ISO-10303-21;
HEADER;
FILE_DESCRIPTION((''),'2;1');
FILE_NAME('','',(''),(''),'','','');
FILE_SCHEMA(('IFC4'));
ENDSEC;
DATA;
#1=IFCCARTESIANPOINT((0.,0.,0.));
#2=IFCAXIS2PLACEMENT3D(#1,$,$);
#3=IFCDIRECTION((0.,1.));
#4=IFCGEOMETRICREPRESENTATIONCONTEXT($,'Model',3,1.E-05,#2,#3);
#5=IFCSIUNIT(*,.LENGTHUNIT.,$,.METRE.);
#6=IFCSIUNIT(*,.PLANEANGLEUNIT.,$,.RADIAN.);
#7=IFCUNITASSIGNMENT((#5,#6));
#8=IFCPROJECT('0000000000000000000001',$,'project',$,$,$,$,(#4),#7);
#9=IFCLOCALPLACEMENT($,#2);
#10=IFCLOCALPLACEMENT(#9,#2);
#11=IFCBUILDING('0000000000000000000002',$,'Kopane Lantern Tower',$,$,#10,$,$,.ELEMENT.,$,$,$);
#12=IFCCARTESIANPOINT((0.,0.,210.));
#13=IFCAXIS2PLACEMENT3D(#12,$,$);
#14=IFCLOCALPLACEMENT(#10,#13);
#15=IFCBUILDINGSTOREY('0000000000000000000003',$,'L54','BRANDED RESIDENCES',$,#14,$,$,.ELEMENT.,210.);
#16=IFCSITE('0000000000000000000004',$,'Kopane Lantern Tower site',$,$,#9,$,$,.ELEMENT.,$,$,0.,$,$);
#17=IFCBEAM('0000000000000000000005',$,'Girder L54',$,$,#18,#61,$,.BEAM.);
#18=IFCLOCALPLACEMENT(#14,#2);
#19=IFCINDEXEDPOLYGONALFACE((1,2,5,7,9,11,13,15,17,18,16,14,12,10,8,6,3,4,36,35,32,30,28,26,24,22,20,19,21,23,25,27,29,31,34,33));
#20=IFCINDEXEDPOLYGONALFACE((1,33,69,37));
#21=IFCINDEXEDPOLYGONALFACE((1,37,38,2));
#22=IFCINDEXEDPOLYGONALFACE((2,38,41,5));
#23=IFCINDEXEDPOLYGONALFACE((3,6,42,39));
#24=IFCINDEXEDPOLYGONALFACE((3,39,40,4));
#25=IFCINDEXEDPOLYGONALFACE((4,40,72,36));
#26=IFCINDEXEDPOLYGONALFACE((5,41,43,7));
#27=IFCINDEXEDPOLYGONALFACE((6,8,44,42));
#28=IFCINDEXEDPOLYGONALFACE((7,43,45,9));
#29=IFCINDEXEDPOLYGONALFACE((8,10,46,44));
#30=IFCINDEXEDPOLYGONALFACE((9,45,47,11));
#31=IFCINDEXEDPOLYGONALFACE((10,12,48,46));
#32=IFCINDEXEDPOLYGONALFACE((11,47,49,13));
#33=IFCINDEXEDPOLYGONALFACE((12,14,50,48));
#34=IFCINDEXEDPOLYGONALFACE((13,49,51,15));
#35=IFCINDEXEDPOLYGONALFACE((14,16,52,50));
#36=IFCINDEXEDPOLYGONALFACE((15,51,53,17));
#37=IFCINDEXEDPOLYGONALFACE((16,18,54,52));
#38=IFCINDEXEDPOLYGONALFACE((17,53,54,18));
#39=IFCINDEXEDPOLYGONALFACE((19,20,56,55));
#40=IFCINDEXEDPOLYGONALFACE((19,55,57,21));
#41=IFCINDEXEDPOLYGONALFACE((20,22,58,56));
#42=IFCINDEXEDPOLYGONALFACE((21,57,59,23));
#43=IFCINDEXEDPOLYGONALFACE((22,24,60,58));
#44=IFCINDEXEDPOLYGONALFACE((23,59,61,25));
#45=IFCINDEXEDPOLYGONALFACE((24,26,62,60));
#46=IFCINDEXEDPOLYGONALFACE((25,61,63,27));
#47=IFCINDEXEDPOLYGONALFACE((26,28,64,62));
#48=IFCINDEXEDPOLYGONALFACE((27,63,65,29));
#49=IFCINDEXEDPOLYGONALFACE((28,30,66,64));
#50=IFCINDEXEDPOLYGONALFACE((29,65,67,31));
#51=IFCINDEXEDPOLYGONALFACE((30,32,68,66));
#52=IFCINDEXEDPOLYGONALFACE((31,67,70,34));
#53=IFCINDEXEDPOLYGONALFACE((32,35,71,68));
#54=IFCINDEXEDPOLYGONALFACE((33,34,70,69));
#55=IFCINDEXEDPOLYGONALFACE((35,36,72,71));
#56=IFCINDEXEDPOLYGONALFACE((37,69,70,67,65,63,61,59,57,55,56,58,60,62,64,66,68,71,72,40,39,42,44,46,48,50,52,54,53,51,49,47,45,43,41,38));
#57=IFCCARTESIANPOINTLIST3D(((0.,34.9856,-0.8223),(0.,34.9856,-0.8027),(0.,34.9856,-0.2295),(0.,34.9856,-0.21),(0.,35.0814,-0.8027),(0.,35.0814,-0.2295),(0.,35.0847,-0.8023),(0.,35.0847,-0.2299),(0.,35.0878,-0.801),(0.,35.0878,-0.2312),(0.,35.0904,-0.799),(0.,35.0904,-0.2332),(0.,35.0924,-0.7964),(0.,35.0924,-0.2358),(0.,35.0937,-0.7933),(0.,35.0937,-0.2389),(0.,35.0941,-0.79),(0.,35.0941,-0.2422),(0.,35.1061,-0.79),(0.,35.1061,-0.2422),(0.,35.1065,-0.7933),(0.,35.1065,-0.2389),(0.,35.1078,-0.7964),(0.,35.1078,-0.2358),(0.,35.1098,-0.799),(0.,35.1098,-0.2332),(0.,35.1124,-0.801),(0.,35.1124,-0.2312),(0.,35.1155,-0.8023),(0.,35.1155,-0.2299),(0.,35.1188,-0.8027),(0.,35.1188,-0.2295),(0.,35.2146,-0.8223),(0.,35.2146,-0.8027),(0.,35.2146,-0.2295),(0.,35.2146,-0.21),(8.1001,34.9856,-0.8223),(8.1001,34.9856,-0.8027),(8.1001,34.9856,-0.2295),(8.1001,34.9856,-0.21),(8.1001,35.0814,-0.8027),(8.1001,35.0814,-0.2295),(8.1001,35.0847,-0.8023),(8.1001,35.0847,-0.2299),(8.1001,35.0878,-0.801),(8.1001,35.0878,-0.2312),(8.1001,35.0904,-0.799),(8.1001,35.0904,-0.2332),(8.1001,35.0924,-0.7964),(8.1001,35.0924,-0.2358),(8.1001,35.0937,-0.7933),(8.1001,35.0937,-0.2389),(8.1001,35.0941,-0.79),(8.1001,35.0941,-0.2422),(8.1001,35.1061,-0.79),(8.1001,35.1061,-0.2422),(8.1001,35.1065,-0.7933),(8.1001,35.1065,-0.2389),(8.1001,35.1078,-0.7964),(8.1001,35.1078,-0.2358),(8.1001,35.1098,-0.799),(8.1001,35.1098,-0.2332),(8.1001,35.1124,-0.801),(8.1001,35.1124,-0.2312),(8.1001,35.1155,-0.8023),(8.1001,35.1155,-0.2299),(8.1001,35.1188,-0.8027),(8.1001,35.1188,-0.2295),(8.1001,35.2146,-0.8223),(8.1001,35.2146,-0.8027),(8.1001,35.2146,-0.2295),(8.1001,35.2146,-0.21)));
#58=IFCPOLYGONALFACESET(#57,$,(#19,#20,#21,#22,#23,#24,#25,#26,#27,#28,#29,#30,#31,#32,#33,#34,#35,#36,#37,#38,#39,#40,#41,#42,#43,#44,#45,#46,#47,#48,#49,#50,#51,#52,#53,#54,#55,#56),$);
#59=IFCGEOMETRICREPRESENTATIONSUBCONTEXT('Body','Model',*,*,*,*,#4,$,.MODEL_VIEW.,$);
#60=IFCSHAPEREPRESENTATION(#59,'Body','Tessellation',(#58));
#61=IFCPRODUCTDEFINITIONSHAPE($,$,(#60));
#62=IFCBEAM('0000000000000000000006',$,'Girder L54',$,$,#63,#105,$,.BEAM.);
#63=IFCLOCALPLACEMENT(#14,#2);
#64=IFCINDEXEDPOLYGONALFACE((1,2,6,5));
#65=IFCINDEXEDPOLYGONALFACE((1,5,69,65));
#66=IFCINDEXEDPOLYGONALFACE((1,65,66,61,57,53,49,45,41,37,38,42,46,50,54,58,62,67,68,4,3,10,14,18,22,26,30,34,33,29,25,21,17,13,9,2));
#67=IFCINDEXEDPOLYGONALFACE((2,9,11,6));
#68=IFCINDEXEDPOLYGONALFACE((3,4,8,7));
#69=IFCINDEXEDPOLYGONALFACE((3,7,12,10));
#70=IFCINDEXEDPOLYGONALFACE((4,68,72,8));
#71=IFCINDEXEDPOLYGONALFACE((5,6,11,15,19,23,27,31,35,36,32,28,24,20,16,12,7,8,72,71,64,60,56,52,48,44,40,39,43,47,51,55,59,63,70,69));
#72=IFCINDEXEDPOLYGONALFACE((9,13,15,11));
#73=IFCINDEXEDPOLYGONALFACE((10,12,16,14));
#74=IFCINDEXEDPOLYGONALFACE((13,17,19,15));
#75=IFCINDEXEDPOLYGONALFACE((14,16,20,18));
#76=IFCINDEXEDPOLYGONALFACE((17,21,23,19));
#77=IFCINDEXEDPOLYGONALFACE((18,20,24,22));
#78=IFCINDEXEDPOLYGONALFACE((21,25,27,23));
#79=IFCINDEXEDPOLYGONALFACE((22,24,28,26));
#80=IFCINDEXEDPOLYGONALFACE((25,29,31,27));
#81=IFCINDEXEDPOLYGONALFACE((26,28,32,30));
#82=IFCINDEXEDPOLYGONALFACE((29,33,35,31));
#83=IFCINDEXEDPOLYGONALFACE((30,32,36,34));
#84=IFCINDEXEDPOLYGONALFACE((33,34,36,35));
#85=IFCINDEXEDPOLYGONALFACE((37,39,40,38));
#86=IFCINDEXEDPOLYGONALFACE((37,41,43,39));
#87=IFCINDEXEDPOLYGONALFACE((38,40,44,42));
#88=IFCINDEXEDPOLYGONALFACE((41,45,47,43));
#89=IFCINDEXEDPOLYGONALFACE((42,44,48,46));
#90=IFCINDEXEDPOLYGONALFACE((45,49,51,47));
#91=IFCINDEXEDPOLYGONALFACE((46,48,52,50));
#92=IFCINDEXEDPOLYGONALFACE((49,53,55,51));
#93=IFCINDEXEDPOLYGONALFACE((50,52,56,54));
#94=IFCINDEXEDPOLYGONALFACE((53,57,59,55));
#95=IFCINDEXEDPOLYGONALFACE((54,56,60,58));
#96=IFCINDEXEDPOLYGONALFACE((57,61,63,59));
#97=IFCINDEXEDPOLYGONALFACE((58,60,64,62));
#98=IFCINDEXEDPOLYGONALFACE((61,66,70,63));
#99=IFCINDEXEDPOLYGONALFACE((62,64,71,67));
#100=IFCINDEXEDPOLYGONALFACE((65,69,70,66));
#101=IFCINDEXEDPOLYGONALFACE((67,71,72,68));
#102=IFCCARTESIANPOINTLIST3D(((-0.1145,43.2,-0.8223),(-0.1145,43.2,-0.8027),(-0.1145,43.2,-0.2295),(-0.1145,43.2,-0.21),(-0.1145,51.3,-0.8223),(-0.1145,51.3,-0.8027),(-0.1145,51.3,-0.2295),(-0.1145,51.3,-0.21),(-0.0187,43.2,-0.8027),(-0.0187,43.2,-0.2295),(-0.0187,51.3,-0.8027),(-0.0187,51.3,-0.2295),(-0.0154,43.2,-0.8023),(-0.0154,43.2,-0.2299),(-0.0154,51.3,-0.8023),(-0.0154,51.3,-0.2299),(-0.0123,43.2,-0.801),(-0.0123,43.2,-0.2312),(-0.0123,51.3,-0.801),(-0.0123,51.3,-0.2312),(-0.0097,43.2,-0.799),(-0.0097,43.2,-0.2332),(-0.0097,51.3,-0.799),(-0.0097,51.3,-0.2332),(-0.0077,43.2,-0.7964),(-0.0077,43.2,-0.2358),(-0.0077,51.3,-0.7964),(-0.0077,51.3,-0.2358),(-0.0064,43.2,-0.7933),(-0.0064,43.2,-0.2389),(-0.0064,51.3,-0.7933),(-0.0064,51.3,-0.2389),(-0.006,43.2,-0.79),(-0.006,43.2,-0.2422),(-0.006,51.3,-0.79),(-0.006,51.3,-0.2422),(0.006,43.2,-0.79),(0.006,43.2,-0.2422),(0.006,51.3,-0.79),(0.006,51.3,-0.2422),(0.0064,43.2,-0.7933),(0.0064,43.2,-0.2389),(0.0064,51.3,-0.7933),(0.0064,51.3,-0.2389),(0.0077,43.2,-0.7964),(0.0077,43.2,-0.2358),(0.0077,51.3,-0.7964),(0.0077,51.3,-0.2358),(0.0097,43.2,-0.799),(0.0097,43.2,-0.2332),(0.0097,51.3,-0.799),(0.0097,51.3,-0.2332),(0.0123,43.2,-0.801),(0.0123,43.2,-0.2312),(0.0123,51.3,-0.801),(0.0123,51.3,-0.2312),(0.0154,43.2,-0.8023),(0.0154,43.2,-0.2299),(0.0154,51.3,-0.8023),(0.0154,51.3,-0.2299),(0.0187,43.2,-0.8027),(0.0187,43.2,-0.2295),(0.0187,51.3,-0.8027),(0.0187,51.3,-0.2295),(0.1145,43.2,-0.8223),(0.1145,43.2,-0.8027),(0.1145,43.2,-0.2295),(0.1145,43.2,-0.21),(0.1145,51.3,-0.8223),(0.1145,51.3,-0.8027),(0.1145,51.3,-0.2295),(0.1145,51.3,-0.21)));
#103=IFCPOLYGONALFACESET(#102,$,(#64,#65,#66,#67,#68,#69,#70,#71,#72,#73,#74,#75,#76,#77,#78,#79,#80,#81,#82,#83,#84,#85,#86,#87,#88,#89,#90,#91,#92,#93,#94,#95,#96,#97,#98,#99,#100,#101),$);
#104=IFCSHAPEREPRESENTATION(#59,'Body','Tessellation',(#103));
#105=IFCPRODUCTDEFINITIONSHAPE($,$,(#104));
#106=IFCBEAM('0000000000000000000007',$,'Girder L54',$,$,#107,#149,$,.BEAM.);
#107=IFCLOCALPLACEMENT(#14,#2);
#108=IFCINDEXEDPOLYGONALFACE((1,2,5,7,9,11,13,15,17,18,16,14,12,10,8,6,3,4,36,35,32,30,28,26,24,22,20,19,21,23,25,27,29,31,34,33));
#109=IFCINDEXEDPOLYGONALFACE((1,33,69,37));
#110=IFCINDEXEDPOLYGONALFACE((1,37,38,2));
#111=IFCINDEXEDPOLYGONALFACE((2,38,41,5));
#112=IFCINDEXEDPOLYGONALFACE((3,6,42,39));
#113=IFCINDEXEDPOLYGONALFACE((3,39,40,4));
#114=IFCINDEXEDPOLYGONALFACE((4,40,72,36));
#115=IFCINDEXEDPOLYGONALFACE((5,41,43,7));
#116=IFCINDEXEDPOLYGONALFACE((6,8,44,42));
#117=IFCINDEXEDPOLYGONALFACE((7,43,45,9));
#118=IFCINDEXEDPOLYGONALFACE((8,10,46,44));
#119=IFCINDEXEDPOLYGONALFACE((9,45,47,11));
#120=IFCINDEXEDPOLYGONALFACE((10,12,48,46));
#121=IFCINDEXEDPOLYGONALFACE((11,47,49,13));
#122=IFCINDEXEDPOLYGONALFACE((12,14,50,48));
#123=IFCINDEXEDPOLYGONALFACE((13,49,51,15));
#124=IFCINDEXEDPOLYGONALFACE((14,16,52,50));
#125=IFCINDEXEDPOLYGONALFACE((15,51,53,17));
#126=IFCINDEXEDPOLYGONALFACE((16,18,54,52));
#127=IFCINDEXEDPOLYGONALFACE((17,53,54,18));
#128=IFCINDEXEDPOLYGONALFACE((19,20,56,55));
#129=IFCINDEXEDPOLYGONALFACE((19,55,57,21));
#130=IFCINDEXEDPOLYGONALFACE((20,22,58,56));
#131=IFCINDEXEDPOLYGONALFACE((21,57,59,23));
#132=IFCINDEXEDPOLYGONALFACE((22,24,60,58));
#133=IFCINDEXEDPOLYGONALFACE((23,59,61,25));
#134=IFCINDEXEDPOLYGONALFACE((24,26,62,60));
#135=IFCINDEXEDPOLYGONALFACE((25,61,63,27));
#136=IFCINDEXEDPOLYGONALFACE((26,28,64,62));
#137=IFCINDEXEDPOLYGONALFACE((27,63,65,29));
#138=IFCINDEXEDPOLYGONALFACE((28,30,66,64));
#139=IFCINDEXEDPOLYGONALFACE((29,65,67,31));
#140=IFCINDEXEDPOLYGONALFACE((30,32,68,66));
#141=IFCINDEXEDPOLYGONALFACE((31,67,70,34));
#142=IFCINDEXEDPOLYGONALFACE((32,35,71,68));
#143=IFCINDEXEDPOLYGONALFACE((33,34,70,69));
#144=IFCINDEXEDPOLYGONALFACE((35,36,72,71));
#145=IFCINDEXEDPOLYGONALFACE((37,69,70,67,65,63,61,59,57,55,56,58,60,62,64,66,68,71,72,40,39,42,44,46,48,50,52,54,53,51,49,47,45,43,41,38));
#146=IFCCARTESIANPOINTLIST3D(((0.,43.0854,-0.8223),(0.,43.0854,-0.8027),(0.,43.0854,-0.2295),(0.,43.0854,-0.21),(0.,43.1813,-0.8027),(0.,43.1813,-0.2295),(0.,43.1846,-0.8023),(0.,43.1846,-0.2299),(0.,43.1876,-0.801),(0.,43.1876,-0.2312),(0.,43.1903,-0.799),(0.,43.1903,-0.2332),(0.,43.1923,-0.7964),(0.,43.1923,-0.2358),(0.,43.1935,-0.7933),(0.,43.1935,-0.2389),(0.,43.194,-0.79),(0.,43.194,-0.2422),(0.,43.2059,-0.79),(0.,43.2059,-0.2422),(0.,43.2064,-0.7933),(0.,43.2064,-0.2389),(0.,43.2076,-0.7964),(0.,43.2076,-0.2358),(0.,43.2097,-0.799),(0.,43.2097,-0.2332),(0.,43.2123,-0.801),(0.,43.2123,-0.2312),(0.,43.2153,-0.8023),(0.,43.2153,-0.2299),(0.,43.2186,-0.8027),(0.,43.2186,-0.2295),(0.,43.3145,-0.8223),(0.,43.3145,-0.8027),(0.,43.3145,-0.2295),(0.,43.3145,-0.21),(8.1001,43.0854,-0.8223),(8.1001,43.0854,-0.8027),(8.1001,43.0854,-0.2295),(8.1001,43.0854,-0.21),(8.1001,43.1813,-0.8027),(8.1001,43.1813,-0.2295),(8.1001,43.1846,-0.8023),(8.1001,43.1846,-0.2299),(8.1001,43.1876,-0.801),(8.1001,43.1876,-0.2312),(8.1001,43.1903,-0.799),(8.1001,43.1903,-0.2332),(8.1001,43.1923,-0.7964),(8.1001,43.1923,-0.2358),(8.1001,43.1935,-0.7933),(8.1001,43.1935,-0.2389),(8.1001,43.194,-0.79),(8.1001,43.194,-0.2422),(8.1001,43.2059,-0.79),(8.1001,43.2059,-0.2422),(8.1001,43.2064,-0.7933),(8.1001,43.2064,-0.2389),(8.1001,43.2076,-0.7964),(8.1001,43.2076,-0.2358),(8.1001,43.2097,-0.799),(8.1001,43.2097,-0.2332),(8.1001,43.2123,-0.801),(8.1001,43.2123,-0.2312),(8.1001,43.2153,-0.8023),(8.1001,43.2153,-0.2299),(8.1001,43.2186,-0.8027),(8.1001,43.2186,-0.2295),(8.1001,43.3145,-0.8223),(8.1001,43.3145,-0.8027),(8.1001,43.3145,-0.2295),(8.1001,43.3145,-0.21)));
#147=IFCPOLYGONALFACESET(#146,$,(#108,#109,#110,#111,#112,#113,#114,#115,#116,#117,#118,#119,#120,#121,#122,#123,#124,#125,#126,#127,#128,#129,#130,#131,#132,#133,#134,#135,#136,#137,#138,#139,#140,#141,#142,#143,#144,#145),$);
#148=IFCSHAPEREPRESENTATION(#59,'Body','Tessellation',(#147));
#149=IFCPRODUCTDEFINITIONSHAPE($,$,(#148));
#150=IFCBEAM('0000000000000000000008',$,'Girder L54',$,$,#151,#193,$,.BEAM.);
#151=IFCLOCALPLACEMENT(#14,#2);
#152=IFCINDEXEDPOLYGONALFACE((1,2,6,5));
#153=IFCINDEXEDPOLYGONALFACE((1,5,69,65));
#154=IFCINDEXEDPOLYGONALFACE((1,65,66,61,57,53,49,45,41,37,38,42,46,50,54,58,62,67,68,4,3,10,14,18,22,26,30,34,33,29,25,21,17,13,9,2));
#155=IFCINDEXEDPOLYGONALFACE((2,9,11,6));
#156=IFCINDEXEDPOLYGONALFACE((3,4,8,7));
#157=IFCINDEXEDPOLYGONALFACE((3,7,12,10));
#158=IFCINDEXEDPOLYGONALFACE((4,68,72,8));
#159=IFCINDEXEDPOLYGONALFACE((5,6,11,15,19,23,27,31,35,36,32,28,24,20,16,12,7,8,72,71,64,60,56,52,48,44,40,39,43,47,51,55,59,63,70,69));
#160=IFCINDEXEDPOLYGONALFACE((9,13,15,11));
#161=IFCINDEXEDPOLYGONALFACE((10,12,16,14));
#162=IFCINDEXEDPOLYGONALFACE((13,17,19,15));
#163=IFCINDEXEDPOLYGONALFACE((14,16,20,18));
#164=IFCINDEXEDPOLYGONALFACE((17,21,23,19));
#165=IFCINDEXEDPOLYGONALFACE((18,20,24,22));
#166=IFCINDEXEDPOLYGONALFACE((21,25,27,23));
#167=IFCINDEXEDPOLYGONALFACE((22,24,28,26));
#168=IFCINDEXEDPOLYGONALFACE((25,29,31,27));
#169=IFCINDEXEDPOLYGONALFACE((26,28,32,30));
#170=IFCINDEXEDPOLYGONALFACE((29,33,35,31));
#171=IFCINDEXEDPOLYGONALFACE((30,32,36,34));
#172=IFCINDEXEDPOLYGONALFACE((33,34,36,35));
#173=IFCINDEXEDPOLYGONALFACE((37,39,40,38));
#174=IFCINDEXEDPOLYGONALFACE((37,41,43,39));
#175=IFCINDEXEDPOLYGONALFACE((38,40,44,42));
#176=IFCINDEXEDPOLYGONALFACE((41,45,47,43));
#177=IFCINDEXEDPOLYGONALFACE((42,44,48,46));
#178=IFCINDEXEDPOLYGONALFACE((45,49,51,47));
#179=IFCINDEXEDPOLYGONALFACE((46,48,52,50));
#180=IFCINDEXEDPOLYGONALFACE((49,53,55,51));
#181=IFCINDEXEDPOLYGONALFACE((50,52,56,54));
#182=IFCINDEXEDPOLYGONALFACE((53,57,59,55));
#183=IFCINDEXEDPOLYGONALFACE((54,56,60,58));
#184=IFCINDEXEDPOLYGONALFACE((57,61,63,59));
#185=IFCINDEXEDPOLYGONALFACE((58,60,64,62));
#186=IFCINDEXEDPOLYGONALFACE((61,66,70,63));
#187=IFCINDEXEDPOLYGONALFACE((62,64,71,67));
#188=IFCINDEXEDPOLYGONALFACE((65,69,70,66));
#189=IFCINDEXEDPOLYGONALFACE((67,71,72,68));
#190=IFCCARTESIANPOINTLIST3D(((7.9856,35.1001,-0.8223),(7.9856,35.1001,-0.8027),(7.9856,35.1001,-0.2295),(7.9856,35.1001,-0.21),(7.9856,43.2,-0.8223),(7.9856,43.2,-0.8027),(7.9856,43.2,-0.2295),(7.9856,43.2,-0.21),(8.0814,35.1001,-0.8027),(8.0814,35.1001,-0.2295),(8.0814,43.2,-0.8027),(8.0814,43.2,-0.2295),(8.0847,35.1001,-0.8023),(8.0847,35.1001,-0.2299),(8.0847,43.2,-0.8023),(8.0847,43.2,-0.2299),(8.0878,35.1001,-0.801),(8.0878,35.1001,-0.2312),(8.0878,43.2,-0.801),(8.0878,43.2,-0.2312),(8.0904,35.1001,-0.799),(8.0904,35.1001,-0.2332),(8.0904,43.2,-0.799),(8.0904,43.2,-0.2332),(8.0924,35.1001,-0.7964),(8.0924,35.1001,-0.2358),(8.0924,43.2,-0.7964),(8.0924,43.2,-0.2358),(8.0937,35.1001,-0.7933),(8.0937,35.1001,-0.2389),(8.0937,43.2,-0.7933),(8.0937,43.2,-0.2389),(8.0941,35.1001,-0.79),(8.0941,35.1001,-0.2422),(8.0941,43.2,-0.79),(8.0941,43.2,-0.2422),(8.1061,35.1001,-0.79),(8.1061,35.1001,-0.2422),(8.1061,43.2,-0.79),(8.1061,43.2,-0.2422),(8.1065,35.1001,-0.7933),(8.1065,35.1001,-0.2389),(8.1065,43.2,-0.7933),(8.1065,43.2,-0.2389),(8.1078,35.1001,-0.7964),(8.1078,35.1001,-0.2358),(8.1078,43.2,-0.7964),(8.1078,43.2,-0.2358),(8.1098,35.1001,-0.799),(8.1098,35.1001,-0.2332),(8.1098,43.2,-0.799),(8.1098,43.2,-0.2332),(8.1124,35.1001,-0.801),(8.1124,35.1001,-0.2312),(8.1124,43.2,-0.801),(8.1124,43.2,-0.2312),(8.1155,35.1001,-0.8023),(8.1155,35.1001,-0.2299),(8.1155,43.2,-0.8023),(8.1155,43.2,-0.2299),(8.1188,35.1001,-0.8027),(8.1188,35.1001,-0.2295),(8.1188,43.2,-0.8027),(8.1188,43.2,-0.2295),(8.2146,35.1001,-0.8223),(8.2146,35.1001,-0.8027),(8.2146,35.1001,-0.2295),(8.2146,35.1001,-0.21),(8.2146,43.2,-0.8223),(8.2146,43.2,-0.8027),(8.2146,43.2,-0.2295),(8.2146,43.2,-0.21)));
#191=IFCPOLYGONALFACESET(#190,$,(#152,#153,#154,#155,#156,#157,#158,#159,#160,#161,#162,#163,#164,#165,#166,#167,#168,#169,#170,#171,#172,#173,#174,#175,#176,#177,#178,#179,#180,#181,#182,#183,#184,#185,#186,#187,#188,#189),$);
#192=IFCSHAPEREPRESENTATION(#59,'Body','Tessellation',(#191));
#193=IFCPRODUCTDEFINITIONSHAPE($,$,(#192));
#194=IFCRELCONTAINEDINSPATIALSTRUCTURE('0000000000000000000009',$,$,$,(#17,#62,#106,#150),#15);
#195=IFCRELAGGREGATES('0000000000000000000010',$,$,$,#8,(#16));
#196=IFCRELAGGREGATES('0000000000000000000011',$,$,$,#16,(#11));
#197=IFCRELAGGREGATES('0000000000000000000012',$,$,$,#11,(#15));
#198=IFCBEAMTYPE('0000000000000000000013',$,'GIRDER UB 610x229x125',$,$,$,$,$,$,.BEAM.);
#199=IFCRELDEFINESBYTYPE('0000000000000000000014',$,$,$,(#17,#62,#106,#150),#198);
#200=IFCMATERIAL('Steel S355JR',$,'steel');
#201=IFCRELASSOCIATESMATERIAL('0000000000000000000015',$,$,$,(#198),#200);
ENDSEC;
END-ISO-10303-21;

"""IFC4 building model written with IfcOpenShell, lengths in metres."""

from ifc_helpers import new_model, si_unit, direction, frame, origin, origin_2d, place, context, subcontext, project, spatial, i_section, extrude, material, material_profile, profile_set, type_object, element, save


model = new_model("IFC4")

# Units and contexts
model_context = context("Model", 3, precision=1e-05, world=origin(), true_north=direction((0.0, 1.0)))
body_context = subcontext(model_context, "Body", "Model", "MODEL_VIEW")
ifc_project = project(units=[si_unit("LENGTHUNIT", "METRE"), si_unit("PLANEANGLEUNIT", "RADIAN")], contexts=[model_context])

# Site, building, storey
site_placement = place(None, origin())
site = spatial("IfcSite", under=ifc_project, at=site_placement, Name="Kopane Lantern Tower site", CompositionType="ELEMENT", RefElevation=0.0)
building_placement = place(site_placement, origin())
building = spatial("IfcBuilding", under=site, at=building_placement, Name="Kopane Lantern Tower", CompositionType="ELEMENT")
storey_placement = place(building_placement, frame((0.0, 0.0, 210.0)))
storey = spatial("IfcBuildingStorey", under=building, at=storey_placement, Name="L54", Description="BRANDED RESIDENCES", CompositionType="ELEMENT", Elevation=210.0)

# Beams
ifc_material_1 = material(Name="Steel S355JR", Category="steel")
ifc_material_profile_1 = material_profile(ifc_material_1, i_section(OverallWidth=0.229, OverallDepth=0.6123, WebThickness=0.012, FlangeThickness=0.0195, FilletRadius=0.0127, at=origin_2d()), Name="UB 610x229x125")
ifc_profile_set_1 = profile_set([ifc_material_profile_1], Name="Steel S355JR")
beam_type = type_object("IfcBeamType", Name="GIRDER UB 610x229x125", PredefinedType="BEAM", material=ifc_profile_set_1)
for number, where, z_axis, x_axis, name in (
    (1, (0.0, 35.1001, -0.5161), (1.0, 0.0, 0.0), (0.0, 1.0, 0.0), "Girder L54"),
    (2, (0.0, 43.2, -0.5161), (0.0, 1.0, 0.0), (-1.0, 0.0, 0.0), "Girder L54"),
    (3, (0.0, 43.2, -0.5161), (1.0, 0.0, 0.0), (0.0, 1.0, 0.0), "Girder L54"),
):
    element("IfcBeam", number, at=place(storey_placement, frame(where, z_axis=z_axis, x_axis=x_axis)), inside=storey, type_object=beam_type, Name=name, PredefinedType="BEAM", context=body_context, shape_type="SweptSolid", body=[
        extrude(i_section(OverallWidth=0.229, OverallDepth=0.6123, WebThickness=0.012, FlangeThickness=0.0195, FilletRadius=0.0127, at=origin_2d()), origin(), (0.0, 0.0, 1.0), 8.1001),
    ])
for number, where, z_axis, x_axis, name in (
    (4, (8.1001, 35.1001, -0.5161), (0.0, 1.0, 0.0), (-1.0, 0.0, 0.0), "Girder L54"),
):
    element("IfcBeam", number, at=place(storey_placement, frame(where, z_axis=z_axis, x_axis=x_axis)), inside=storey, type_object=beam_type, Name=name, PredefinedType="BEAM", context=body_context, shape_type="SweptSolid", body=[
        extrude(i_section(OverallWidth=0.229, OverallDepth=0.6123, WebThickness=0.012, FlangeThickness=0.0195, FilletRadius=0.0127, at=origin_2d()), origin(), (0.0, 0.0, 1.0), 8.0999),
    ])

save(model, "model.ifc")
